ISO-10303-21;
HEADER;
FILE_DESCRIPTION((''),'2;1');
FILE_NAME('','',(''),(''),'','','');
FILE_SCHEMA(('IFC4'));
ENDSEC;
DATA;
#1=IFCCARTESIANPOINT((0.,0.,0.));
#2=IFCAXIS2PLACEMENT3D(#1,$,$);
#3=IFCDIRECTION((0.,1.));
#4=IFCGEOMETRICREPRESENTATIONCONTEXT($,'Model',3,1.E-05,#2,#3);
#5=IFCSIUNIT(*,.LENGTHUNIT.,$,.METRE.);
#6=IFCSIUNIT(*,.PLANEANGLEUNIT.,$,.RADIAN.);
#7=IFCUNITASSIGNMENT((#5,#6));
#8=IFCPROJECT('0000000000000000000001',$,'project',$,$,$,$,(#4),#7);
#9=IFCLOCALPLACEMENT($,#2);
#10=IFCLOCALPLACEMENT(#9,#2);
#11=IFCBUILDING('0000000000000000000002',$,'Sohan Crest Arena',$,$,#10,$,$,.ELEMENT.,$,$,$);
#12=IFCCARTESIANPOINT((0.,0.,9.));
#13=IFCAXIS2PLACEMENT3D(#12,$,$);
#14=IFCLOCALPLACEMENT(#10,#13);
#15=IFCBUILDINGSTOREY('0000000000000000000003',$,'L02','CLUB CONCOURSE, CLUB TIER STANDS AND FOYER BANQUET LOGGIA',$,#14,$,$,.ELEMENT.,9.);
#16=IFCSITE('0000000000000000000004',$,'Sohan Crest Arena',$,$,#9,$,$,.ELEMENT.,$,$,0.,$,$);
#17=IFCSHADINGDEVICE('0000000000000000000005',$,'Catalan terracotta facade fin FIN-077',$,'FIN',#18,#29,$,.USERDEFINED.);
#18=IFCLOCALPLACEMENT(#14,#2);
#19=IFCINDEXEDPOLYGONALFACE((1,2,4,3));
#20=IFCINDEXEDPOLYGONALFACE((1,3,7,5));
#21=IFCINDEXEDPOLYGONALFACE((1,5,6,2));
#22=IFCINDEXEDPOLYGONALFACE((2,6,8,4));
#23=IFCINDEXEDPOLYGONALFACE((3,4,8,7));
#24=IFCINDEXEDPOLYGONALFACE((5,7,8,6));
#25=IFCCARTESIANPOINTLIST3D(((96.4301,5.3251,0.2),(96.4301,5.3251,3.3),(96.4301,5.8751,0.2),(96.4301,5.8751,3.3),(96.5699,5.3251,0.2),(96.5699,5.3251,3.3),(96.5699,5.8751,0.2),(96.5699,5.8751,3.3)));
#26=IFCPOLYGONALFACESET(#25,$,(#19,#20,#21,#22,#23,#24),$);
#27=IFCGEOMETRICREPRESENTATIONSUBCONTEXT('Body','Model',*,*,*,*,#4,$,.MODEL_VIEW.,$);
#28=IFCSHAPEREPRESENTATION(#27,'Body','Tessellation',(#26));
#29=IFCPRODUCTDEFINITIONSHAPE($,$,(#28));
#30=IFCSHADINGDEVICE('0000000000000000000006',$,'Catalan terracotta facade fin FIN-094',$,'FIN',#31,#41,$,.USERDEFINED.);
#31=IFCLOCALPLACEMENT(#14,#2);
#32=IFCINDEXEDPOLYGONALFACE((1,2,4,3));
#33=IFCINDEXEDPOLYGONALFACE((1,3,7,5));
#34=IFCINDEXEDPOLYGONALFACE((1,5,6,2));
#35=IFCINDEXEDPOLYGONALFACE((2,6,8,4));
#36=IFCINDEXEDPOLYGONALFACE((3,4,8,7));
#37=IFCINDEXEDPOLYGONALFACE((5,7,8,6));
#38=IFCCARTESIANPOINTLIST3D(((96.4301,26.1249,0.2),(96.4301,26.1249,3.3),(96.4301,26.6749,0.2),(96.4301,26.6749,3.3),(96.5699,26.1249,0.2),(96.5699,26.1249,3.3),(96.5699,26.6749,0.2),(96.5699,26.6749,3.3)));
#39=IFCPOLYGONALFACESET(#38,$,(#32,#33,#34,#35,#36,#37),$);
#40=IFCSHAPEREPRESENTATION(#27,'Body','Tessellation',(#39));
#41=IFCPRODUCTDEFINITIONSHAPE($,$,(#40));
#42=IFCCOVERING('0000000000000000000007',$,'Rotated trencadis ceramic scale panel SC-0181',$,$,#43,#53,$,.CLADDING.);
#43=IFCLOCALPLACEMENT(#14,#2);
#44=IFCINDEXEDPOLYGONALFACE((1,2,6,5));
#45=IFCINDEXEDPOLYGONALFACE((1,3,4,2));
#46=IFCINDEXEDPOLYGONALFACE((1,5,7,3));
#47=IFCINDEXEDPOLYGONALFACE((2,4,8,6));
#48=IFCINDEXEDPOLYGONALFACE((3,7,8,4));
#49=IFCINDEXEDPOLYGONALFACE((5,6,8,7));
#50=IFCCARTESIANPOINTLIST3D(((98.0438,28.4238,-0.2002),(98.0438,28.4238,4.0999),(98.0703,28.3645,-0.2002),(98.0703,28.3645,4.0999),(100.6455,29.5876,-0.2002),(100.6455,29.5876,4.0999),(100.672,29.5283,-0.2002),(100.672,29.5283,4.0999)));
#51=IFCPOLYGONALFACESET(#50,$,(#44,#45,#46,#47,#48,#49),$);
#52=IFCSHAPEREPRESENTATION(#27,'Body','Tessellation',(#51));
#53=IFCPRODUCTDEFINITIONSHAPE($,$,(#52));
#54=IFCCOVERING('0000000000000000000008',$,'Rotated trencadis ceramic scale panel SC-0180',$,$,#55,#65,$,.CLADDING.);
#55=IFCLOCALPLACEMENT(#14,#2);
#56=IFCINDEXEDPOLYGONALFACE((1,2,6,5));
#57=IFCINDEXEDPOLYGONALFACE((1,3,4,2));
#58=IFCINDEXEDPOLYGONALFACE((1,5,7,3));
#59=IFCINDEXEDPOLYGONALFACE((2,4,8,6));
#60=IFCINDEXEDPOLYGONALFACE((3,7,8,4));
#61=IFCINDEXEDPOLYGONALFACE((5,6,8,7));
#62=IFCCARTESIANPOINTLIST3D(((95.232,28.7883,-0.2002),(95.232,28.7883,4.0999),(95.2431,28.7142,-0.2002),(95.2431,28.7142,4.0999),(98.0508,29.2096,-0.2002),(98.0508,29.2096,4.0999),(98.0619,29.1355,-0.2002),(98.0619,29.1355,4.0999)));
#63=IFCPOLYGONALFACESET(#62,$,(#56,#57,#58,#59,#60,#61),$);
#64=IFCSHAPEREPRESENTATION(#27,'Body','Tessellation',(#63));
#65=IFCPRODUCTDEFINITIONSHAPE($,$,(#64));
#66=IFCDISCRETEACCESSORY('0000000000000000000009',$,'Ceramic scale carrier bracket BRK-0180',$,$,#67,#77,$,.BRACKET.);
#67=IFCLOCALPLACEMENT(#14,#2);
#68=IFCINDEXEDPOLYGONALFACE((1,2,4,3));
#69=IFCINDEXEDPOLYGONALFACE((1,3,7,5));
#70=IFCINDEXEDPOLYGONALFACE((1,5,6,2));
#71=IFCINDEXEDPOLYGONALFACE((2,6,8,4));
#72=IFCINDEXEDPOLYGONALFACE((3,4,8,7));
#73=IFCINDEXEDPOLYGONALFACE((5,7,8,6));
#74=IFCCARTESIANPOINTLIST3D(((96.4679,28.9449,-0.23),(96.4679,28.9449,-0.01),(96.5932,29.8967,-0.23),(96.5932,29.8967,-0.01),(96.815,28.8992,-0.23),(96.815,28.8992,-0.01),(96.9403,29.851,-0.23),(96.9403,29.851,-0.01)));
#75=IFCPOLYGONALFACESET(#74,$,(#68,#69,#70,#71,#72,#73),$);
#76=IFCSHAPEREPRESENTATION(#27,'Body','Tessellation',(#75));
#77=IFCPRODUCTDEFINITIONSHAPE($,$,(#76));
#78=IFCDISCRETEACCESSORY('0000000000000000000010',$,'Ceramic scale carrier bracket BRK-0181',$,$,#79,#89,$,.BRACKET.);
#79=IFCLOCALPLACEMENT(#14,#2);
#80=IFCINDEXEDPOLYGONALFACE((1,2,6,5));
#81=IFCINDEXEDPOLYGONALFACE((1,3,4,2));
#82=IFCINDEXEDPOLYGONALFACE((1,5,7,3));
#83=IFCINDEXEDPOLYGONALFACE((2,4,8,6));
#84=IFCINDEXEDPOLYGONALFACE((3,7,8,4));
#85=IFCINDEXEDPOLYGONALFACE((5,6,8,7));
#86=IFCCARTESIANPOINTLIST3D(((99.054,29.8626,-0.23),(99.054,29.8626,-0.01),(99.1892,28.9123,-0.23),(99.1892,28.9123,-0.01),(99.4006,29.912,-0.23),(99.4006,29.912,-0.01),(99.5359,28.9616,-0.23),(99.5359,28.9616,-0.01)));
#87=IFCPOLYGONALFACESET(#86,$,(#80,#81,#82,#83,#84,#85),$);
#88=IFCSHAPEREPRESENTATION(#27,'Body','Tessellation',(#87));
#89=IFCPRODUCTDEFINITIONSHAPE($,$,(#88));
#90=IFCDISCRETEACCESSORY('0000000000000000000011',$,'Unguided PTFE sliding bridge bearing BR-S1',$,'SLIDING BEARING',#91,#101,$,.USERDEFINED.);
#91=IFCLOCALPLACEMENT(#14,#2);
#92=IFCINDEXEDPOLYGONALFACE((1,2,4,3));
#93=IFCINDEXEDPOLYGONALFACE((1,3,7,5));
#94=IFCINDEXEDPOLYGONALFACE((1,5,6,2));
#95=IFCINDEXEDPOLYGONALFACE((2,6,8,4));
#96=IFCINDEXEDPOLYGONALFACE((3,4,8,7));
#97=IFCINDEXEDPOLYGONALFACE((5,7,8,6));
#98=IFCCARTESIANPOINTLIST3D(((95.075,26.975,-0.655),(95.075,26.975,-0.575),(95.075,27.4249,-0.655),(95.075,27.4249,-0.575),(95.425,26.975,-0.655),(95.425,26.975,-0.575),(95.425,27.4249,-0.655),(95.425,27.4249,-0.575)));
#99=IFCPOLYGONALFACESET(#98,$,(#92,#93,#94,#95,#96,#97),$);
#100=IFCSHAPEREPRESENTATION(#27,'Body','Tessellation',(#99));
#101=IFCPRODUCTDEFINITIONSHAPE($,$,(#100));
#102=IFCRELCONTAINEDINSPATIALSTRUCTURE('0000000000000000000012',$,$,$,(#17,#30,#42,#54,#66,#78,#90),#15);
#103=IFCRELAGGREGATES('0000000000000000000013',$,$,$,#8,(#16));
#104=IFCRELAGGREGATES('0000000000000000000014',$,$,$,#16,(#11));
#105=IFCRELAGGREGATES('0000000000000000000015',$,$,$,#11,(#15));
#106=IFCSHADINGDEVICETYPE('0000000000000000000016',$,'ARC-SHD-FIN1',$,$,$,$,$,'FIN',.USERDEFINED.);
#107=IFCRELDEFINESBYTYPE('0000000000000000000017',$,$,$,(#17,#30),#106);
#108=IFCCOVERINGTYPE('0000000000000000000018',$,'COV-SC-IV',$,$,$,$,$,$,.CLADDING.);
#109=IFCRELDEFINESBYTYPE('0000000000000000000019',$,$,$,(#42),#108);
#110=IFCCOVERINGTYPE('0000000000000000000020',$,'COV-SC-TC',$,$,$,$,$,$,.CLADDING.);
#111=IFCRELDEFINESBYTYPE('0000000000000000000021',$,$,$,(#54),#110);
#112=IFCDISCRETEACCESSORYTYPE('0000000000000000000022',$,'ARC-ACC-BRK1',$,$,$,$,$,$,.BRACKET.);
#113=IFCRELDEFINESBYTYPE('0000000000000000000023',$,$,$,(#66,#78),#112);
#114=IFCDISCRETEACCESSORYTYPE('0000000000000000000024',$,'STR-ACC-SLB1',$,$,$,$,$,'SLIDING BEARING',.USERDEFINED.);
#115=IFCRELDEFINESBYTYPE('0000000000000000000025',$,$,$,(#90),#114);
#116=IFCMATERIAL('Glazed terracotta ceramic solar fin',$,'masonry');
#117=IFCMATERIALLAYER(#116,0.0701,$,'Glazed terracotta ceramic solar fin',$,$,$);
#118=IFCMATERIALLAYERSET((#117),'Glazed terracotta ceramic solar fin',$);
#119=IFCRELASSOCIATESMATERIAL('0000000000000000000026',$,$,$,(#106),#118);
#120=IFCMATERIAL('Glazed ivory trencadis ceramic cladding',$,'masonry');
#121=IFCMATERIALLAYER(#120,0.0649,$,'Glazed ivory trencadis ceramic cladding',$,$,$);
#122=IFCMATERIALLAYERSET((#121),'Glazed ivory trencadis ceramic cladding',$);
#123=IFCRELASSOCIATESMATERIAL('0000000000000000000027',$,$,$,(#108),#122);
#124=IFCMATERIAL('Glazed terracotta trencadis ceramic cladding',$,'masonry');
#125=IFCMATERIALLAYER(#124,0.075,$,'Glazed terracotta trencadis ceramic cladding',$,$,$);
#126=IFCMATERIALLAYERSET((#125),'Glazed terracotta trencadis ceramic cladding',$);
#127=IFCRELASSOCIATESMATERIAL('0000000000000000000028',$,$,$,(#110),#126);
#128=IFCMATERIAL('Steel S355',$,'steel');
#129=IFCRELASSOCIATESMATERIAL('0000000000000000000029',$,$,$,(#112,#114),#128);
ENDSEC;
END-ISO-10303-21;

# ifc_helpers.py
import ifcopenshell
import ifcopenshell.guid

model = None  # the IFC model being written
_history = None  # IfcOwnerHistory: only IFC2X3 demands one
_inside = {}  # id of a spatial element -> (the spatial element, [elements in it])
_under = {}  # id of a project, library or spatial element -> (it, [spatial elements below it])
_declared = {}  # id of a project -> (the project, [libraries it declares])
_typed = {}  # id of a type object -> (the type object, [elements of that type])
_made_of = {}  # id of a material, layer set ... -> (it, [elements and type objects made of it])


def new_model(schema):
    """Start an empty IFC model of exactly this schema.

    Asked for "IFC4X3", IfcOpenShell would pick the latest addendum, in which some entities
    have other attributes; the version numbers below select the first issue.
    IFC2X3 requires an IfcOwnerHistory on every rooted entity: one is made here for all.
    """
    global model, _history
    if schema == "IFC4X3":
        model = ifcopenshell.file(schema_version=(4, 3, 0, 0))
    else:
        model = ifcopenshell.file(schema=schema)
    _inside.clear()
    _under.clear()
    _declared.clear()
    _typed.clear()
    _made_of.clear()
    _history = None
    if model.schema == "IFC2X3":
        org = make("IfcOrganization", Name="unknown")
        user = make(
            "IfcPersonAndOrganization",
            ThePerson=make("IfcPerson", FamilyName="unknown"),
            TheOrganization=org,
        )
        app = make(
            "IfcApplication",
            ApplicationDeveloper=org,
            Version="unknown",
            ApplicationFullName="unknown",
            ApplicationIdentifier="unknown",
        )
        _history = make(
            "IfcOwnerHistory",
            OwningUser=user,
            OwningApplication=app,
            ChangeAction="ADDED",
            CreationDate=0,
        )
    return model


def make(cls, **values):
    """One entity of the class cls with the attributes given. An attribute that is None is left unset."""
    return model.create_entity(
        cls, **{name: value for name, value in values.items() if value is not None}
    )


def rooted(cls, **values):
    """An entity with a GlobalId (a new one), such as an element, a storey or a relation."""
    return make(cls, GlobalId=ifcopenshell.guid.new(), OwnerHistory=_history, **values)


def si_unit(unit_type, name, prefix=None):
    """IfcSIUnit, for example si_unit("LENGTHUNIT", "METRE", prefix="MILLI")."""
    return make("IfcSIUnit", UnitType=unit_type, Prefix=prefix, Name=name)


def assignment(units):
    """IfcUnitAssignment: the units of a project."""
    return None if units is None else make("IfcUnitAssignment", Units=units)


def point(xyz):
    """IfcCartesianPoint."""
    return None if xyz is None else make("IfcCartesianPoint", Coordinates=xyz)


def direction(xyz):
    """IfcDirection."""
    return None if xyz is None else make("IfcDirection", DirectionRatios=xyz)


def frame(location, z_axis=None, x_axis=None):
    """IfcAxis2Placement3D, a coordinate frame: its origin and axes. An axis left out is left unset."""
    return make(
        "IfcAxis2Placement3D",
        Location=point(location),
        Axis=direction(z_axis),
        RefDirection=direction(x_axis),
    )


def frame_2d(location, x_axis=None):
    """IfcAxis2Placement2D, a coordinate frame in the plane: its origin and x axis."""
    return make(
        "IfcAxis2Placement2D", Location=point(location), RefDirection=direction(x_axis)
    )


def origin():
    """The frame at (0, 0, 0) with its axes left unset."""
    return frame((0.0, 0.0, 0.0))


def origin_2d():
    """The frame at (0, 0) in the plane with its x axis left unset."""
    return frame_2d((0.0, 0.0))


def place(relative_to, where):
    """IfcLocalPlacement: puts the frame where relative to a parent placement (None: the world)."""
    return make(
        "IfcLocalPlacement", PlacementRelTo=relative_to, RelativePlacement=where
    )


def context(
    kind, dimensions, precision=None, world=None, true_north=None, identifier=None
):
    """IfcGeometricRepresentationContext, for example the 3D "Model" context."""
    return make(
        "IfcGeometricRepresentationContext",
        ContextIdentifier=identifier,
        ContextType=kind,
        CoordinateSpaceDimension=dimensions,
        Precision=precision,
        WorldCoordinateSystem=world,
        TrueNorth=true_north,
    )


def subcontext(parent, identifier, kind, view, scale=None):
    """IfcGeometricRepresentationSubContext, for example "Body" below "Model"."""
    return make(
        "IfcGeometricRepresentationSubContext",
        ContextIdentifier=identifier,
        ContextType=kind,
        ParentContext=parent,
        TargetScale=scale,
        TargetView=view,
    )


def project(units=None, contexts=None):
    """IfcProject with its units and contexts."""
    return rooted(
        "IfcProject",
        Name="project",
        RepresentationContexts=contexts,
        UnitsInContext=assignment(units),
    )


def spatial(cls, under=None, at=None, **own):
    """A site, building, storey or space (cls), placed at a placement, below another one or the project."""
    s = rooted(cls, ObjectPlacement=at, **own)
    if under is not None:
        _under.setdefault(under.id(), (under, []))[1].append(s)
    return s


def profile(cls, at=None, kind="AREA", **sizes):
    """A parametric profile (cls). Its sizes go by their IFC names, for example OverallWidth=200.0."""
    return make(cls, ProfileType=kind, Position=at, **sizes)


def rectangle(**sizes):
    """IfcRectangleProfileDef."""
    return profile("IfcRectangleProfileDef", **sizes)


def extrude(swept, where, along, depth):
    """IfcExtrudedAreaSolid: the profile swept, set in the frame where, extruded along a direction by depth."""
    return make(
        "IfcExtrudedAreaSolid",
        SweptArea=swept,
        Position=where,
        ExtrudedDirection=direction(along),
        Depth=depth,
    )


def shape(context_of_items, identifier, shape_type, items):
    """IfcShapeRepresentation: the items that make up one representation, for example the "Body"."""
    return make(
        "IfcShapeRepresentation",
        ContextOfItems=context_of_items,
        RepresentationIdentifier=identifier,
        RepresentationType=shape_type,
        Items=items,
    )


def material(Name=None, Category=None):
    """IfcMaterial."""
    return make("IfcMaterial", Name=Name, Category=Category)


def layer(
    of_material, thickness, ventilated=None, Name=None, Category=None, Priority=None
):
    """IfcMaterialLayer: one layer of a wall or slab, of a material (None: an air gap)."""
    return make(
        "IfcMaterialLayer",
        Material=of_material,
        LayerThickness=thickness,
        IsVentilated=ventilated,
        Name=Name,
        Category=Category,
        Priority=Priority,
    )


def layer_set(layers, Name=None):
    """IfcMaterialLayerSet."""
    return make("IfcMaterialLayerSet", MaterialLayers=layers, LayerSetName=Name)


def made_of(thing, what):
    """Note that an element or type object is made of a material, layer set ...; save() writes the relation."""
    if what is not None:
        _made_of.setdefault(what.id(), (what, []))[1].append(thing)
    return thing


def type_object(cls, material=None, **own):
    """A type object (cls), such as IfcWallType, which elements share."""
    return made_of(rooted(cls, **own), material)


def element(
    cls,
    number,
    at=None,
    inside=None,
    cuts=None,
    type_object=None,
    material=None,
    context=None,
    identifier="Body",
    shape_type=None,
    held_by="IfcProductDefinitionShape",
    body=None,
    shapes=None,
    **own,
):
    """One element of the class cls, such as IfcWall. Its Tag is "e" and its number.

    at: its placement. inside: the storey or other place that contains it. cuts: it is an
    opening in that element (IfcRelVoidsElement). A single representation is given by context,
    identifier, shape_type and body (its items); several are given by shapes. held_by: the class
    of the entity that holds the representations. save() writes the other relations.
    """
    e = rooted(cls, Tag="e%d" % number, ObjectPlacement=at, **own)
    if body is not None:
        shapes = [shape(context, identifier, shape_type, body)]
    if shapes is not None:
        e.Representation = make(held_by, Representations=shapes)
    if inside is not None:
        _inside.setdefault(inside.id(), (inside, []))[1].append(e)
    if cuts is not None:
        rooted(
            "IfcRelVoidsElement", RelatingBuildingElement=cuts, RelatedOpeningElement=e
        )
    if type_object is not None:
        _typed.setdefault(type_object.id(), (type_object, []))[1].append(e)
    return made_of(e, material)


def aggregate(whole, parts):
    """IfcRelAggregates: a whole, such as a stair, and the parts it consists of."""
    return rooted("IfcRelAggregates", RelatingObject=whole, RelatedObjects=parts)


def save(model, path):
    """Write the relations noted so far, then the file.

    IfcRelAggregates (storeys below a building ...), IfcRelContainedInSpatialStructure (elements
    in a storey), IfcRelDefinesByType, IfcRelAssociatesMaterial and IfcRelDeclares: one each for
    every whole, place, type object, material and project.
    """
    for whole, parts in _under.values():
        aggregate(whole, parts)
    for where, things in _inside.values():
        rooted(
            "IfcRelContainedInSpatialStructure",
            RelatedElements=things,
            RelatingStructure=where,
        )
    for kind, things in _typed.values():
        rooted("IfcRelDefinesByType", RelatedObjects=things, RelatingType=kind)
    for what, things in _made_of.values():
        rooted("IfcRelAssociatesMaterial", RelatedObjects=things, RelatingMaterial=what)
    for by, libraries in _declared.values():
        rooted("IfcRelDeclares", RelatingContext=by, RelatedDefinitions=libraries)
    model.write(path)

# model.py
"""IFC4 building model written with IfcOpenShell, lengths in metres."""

from ifc_helpers import new_model, si_unit, direction, frame, origin, origin_2d, place, context, subcontext, project, spatial, rectangle, extrude, material, layer, layer_set, type_object, element, save


model = new_model("IFC4")

# Units and contexts
model_context = context("Model", 3, precision=1e-05, world=origin(), true_north=direction((0.0, 1.0)))
body_context = subcontext(model_context, "Body", "Model", "MODEL_VIEW")
ifc_project = project(units=[si_unit("LENGTHUNIT", "METRE"), si_unit("PLANEANGLEUNIT", "RADIAN")], contexts=[model_context])

# Site, building, storey
site_placement = place(None, origin())
site = spatial("IfcSite", under=ifc_project, at=site_placement, Name="Sohan Crest Arena", CompositionType="ELEMENT", RefElevation=0.0)
building_placement = place(site_placement, origin())
building = spatial("IfcBuilding", under=site, at=building_placement, Name="Sohan Crest Arena", CompositionType="ELEMENT")
storey_placement = place(building_placement, frame((0.0, 0.0, 9.0)))
storey = spatial("IfcBuildingStorey", under=building, at=storey_placement, Name="L02", Description="CLUB CONCOURSE, CLUB TIER STANDS AND FOYER BANQUET LOGGIA", CompositionType="ELEMENT", Elevation=9.0)

# Shared definitions
ifc_material_1 = material(Name="Steel S355", Category="steel")

# Shading devices
ifc_material_2 = material(Name="Glazed terracotta ceramic solar fin", Category="masonry")
ifc_layer_1 = layer(ifc_material_2, 0.0701, Name="Glazed terracotta ceramic solar fin")
ifc_layer_set_1 = layer_set([ifc_layer_1], Name="Glazed terracotta ceramic solar fin")
shading_device_type = type_object("IfcShadingDeviceType", Name="ARC-SHD-FIN1", ElementType="FIN", PredefinedType="USERDEFINED", material=ifc_layer_set_1)
for number, where, z_axis, x_axis, name in (
    (1, (96.5, 5.6001, 0.2), (0.0, 0.0, 1.0), (1.0, 0.0, 0.0), "Catalan terracotta facade fin FIN-077"),
    (2, (96.5, 26.3999, 0.2), (0.0, 0.0, 1.0), (-1.0, 0.0, 0.0), "Catalan terracotta facade fin FIN-094"),
):
    element("IfcShadingDevice", number, at=place(storey_placement, frame(where, z_axis=z_axis, x_axis=x_axis)), inside=storey, type_object=shading_device_type, Name=name, ObjectType="FIN", PredefinedType="USERDEFINED", context=body_context, shape_type="SweptSolid", body=[
        extrude(rectangle(XDim=0.1399, YDim=0.55, at=origin_2d()), origin(), (0.0, 0.0, 1.0), 3.1001),
    ])

# Coverings
ifc_material_3 = material(Name="Glazed ivory trencadis ceramic cladding", Category="masonry")
ifc_layer_2 = layer(ifc_material_3, 0.0649, Name="Glazed ivory trencadis ceramic cladding")
ifc_layer_set_2 = layer_set([ifc_layer_2], Name="Glazed ivory trencadis ceramic cladding")
covering_type_1 = type_object("IfcCoveringType", Name="COV-SC-IV", PredefinedType="CLADDING", material=ifc_layer_set_2)
covering_1_placement = place(storey_placement, frame((99.3579, 28.9761, -0.2002), z_axis=(0.0, 0.0, 1.0), x_axis=(0.912834, 0.40833, 0.0)))
element("IfcCovering", 3, at=covering_1_placement, inside=storey, type_object=covering_type_1, Name="Rotated trencadis ceramic scale panel SC-0181", PredefinedType="CLADDING", context=body_context, shape_type="SweptSolid", body=[
    extrude(rectangle(XDim=2.8501, YDim=0.0649, at=origin_2d()), origin(), (0.0, 0.0, 1.0), 4.3),
])
ifc_material_4 = material(Name="Glazed terracotta trencadis ceramic cladding", Category="masonry")
ifc_layer_3 = layer(ifc_material_4, 0.075, Name="Glazed terracotta trencadis ceramic cladding")
ifc_layer_set_3 = layer_set([ifc_layer_3], Name="Glazed terracotta trencadis ceramic cladding")
covering_type_2 = type_object("IfcCoveringType", Name="COV-SC-TC", PredefinedType="CLADDING", material=ifc_layer_set_3)
covering_2_placement = place(storey_placement, frame((96.647, 28.9619, -0.2002), z_axis=(0.0, 0.0, 1.0), x_axis=(0.989016, 0.147809, 0.0)))
element("IfcCovering", 4, at=covering_2_placement, inside=storey, type_object=covering_type_2, Name="Rotated trencadis ceramic scale panel SC-0180", PredefinedType="CLADDING", context=body_context, shape_type="SweptSolid", body=[
    extrude(rectangle(XDim=2.8501, YDim=0.075, at=origin_2d()), origin(), (0.0, 0.0, 1.0), 4.3),
])

# Discrete accessories
discrete_accessory_type_1 = type_object("IfcDiscreteAccessoryType", Name="ARC-ACC-BRK1", PredefinedType="BRACKET", material=ifc_material_1)
for number, where, z_axis, x_axis, name in (
    (5, (96.7041, 29.3979, -0.23), (0.0, 0.0, 1.0), (0.991445, -0.130526, 0.0), "Ceramic scale carrier bracket BRK-0180"),
    (6, (99.2949, 29.4121, -0.23), (0.0, 0.0, 1.0), (0.990024, 0.140901, 0.0), "Ceramic scale carrier bracket BRK-0181"),
):
    element("IfcDiscreteAccessory", number, at=place(storey_placement, frame(where, z_axis=z_axis, x_axis=x_axis)), inside=storey, type_object=discrete_accessory_type_1, Name=name, PredefinedType="BRACKET", context=body_context, shape_type="SweptSolid", body=[
        extrude(rectangle(XDim=0.3501, YDim=0.96, at=origin_2d()), origin(), (0.0, 0.0, 1.0), 0.22),
    ])
discrete_accessory_type_2 = type_object("IfcDiscreteAccessoryType", Name="STR-ACC-SLB1", ElementType="SLIDING BEARING", PredefinedType="USERDEFINED", material=ifc_material_1)
discrete_accessory_placement = place(storey_placement, frame((95.25, 27.2, -0.655), z_axis=(0.0, 0.0, 1.0), x_axis=(1.0, 0.0, 0.0)))
element("IfcDiscreteAccessory", 7, at=discrete_accessory_placement, inside=storey, type_object=discrete_accessory_type_2, Name="Unguided PTFE sliding bridge bearing BR-S1", ObjectType="SLIDING BEARING", PredefinedType="USERDEFINED", context=body_context, shape_type="SweptSolid", body=[
    extrude(rectangle(XDim=0.3501, YDim=0.45, at=origin_2d()), origin(), (0.0, 0.0, 1.0), 0.0801),
])

save(model, "model.ifc")
